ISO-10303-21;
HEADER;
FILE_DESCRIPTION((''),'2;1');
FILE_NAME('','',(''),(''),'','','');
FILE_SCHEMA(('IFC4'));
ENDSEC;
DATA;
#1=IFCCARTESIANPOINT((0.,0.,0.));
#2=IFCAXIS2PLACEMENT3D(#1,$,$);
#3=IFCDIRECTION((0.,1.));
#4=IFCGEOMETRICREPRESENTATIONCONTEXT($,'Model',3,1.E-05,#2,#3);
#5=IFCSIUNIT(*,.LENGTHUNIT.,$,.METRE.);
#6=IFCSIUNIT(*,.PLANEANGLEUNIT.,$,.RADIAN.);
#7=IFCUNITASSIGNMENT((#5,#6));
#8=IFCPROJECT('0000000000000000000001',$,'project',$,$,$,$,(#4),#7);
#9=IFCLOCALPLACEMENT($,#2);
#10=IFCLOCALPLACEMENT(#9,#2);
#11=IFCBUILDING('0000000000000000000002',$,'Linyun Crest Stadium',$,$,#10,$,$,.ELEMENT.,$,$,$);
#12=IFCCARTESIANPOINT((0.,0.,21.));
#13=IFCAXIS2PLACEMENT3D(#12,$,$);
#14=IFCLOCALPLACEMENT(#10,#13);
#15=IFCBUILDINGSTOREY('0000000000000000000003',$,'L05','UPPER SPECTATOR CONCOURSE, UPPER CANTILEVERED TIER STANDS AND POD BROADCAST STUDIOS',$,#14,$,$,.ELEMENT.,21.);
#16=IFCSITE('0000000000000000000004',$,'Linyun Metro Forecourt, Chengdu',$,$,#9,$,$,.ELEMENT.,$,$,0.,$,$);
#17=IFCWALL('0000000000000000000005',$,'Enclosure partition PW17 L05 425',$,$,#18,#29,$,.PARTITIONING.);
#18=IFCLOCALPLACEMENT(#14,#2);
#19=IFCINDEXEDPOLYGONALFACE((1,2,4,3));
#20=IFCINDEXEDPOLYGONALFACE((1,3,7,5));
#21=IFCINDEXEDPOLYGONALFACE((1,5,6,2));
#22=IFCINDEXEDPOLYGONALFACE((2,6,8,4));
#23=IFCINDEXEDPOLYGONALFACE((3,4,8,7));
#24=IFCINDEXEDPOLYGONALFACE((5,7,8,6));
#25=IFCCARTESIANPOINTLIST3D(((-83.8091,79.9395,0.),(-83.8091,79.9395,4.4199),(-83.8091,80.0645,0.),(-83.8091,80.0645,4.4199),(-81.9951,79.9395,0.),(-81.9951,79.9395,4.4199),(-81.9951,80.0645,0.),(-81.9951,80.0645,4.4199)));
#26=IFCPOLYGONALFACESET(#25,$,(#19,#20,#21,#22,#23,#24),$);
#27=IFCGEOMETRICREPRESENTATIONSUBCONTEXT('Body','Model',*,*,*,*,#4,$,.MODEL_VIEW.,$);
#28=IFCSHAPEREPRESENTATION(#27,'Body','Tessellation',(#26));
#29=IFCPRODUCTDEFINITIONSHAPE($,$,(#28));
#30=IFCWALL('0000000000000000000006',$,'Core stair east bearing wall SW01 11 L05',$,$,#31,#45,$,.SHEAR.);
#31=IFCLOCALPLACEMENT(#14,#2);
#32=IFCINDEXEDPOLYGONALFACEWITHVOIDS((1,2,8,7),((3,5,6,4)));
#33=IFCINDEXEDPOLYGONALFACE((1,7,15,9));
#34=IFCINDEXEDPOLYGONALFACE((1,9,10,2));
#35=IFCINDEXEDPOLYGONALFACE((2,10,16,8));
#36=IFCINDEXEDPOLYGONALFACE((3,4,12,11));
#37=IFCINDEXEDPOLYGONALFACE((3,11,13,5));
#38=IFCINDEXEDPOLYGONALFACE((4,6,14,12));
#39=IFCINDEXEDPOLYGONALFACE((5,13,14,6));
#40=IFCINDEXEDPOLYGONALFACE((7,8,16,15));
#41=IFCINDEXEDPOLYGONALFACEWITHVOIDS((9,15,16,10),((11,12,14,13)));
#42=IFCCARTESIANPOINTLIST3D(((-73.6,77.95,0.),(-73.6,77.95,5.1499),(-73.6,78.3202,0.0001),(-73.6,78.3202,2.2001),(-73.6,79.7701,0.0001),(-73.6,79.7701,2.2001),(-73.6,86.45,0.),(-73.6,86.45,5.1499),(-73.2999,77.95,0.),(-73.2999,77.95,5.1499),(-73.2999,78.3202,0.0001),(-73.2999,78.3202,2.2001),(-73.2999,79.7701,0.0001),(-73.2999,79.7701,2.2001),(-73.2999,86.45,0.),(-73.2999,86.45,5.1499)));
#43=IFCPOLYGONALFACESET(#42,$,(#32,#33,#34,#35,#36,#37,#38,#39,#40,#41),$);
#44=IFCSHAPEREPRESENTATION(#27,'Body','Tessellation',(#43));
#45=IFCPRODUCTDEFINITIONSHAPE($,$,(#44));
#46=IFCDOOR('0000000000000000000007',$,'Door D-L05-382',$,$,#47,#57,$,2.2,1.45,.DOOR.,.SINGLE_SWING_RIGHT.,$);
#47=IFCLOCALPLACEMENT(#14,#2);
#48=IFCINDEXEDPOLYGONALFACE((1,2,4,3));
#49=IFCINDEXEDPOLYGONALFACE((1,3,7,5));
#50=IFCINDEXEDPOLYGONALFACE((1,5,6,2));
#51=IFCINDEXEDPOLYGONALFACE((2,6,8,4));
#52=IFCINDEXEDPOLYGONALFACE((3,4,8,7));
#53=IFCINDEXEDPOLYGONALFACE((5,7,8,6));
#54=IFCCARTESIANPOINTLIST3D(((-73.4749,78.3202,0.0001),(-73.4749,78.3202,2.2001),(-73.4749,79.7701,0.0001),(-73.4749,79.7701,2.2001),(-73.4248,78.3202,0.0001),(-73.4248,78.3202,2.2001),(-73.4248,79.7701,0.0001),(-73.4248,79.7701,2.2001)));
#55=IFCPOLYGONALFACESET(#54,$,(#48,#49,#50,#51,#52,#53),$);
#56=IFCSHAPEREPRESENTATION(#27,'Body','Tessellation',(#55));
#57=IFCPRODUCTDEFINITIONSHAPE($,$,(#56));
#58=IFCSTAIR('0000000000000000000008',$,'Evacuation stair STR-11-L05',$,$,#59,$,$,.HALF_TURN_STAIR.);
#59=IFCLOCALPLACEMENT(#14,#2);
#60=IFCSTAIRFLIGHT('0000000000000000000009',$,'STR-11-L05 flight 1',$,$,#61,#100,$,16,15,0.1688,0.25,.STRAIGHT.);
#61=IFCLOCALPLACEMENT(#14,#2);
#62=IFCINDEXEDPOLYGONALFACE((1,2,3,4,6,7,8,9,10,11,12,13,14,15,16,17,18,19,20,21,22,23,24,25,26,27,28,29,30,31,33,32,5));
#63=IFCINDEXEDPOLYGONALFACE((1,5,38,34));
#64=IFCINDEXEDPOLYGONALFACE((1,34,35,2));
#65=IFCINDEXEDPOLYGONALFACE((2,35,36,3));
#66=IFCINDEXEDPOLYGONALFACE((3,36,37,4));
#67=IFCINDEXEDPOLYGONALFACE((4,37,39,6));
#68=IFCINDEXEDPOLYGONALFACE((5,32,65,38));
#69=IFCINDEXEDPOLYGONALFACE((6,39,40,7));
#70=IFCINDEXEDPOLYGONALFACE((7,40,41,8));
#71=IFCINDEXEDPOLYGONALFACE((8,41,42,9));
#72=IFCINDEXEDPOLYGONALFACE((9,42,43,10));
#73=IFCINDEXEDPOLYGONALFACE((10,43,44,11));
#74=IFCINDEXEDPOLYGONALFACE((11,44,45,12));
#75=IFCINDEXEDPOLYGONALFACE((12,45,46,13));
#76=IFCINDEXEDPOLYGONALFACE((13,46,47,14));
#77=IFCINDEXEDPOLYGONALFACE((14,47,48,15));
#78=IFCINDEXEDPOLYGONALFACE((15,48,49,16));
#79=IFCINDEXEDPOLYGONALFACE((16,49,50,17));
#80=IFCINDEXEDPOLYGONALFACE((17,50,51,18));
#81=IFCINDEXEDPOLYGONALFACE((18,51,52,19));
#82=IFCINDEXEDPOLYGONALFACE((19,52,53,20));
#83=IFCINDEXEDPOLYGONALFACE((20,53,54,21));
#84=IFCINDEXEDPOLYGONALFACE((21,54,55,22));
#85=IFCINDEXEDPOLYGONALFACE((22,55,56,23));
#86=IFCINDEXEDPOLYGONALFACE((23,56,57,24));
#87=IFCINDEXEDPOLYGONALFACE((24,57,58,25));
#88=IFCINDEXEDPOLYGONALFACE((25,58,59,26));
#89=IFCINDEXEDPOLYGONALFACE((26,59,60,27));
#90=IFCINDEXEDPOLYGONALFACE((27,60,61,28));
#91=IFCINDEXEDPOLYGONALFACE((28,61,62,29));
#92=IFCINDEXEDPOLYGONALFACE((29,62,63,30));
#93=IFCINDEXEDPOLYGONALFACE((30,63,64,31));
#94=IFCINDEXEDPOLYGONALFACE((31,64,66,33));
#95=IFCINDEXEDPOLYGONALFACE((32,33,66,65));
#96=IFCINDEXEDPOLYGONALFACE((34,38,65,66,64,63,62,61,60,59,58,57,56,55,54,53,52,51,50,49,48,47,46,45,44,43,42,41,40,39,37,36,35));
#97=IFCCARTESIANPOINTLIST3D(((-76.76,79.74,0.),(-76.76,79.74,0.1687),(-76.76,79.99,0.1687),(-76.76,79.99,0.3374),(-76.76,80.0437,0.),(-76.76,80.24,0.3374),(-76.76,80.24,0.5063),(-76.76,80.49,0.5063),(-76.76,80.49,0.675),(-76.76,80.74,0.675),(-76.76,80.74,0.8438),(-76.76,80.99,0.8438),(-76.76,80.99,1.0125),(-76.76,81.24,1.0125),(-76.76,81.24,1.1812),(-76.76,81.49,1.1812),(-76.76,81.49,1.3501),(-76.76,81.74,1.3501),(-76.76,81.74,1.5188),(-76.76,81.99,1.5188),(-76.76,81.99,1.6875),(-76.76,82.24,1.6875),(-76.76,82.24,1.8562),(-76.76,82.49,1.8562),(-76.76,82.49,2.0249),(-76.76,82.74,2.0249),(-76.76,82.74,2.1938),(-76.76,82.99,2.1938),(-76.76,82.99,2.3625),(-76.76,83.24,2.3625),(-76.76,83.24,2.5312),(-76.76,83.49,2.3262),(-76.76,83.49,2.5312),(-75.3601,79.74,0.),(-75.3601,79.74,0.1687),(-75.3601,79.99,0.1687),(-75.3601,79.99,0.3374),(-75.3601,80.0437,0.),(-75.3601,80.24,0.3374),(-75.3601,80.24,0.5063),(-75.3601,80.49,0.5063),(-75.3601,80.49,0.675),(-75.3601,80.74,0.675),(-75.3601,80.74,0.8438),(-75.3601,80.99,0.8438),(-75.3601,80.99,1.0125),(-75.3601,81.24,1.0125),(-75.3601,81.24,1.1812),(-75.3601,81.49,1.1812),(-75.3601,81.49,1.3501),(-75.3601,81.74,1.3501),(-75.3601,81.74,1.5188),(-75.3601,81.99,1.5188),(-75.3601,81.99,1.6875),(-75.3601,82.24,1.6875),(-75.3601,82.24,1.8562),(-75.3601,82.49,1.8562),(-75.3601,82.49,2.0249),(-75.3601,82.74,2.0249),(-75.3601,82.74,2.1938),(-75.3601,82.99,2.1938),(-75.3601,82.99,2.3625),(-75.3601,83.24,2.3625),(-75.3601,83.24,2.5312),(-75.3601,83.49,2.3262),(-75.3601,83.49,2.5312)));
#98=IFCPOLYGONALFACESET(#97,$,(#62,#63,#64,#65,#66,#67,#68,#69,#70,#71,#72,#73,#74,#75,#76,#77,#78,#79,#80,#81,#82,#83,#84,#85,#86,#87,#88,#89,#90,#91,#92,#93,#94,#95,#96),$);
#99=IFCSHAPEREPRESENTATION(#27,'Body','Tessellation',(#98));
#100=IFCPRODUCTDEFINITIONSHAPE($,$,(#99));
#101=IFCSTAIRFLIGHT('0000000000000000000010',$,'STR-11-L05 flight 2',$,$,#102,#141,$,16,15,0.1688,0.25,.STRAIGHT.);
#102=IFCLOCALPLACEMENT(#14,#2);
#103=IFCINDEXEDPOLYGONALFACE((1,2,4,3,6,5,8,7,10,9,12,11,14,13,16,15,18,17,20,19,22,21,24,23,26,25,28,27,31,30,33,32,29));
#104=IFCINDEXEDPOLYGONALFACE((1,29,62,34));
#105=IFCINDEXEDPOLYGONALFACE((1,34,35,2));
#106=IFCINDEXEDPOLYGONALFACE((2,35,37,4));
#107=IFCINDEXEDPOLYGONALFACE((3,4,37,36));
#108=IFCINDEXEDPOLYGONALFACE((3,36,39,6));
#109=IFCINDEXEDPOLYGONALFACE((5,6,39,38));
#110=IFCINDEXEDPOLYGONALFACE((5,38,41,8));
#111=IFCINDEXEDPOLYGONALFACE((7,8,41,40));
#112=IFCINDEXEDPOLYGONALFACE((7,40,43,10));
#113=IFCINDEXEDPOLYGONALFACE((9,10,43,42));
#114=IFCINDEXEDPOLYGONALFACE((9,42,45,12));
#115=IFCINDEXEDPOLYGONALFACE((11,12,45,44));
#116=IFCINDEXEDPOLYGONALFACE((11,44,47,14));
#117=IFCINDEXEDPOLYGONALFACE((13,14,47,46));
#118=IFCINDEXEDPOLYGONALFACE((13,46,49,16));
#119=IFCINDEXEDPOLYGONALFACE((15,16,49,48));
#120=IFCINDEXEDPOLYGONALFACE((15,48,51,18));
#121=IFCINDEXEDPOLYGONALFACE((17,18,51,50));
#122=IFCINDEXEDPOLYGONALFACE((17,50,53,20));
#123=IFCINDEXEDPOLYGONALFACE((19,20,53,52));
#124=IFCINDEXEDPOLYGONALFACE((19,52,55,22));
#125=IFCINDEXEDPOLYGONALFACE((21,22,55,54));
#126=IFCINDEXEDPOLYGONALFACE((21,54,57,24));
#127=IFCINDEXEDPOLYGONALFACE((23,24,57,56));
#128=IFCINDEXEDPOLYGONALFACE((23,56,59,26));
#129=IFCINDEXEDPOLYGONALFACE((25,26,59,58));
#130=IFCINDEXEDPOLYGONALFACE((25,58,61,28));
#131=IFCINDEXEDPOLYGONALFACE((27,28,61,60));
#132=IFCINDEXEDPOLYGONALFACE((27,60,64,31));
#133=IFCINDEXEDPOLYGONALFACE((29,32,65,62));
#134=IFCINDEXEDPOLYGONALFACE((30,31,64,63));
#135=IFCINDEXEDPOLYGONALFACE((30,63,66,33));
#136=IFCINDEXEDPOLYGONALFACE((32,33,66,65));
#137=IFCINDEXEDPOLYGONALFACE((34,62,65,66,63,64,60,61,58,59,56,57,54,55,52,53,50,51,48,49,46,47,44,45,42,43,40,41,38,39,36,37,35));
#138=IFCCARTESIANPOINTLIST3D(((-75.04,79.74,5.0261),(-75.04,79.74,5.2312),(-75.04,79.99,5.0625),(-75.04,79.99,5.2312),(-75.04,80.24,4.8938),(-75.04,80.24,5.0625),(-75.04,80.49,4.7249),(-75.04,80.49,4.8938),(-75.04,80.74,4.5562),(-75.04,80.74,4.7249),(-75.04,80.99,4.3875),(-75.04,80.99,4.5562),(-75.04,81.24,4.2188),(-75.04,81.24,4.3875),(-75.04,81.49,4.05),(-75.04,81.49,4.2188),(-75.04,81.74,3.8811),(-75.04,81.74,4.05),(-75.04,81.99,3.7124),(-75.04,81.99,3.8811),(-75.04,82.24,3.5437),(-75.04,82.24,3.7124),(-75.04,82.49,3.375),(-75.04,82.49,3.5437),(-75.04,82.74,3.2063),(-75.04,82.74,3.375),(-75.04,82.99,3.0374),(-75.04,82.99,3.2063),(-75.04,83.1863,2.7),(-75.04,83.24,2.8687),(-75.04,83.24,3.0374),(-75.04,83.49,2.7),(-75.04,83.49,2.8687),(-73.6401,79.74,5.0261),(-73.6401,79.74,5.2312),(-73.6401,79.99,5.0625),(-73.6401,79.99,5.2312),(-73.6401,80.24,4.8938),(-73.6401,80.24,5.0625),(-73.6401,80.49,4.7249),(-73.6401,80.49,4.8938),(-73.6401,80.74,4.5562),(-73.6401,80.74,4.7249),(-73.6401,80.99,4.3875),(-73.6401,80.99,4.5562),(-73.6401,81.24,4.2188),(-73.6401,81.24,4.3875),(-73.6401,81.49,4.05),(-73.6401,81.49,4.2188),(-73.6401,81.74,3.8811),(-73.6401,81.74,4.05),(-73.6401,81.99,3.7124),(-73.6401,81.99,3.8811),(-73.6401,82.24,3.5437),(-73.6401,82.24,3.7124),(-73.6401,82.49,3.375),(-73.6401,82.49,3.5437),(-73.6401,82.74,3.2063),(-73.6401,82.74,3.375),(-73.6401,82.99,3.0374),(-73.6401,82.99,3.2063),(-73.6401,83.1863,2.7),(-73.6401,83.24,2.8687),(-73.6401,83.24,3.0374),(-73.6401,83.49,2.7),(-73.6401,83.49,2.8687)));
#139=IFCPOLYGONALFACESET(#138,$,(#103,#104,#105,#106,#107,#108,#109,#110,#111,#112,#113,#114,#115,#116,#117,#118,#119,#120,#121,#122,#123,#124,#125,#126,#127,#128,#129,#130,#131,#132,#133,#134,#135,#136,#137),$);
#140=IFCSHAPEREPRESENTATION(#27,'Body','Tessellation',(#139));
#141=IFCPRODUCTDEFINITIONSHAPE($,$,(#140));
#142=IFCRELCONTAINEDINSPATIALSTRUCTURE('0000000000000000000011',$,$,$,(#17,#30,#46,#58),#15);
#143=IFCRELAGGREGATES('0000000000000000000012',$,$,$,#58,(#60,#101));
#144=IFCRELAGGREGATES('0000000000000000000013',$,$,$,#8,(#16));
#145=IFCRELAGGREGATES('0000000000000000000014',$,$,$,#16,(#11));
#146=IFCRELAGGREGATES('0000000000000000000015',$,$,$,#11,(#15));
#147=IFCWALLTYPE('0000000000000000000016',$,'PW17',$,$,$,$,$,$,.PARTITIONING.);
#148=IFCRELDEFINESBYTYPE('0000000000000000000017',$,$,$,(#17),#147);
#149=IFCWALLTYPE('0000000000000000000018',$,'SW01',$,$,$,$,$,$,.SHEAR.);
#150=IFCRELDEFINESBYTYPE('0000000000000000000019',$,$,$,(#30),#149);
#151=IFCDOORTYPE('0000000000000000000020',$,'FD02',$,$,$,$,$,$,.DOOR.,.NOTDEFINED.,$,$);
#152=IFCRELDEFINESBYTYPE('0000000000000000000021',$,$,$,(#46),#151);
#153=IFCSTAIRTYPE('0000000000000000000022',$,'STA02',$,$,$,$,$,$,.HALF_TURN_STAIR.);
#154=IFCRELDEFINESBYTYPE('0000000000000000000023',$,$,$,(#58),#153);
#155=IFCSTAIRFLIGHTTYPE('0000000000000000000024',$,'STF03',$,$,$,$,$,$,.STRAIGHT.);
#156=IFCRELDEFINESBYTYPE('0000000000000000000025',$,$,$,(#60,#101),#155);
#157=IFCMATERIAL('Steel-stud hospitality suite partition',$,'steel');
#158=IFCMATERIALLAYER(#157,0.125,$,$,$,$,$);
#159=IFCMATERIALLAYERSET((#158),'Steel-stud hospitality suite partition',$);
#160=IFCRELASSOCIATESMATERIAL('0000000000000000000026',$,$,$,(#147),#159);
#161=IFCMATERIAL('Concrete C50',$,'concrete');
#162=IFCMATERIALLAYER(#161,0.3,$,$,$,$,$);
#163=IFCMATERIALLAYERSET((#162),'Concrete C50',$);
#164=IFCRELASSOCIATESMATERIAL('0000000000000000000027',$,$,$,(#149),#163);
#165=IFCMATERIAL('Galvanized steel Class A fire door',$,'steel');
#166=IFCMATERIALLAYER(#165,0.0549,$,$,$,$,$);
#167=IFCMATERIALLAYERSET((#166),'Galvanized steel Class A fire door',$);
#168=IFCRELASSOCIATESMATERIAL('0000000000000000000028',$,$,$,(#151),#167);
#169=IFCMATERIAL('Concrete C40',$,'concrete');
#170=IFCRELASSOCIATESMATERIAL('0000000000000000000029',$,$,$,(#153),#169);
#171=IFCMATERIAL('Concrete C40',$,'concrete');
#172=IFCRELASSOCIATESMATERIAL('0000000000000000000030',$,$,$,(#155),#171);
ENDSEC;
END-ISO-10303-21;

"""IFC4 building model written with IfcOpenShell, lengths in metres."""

from ifc_helpers import new_model, si_unit, direction, frame, frame_2d, origin, place, context, subcontext, project, spatial, polyline, rectangle, outline, extrude, material, layer, layer_set, type_object, element, fill, aggregate, save


model = new_model("IFC4")

# Units and contexts
model_context = context("Model", 3, precision=1e-05, world=origin(), true_north=direction((0.0, 1.0)))
body_context = subcontext(model_context, "Body", "Model", "MODEL_VIEW")
ifc_project = project(units=[si_unit("LENGTHUNIT", "METRE"), si_unit("PLANEANGLEUNIT", "RADIAN")], contexts=[model_context])

# Site, building, storey
site_placement = place(None, origin())
site = spatial("IfcSite", under=ifc_project, at=site_placement, Name="Linyun Metro Forecourt, Chengdu", CompositionType="ELEMENT", RefElevation=0.0)
building_placement = place(site_placement, origin())
building = spatial("IfcBuilding", under=site, at=building_placement, Name="Linyun Crest Stadium", CompositionType="ELEMENT")
storey_placement = place(building_placement, frame((0.0, 0.0, 21.0)))
storey = spatial("IfcBuildingStorey", under=building, at=storey_placement, Name="L05", Description="UPPER SPECTATOR CONCOURSE, UPPER CANTILEVERED TIER STANDS AND POD BROADCAST STUDIOS", CompositionType="ELEMENT", Elevation=21.0)

# Shared definitions
ifc_material_1 = material(Name="Steel-stud hospitality suite partition", Category="steel")
ifc_layer_1 = layer(ifc_material_1, 0.125)
ifc_layer_set_1 = layer_set([ifc_layer_1], Name="Steel-stud hospitality suite partition")
wall_type_1 = type_object("IfcWallType", Name="PW17", PredefinedType="PARTITIONING", material=ifc_layer_set_1)

# Wall
wall_1_placement = place(storey_placement, frame((-83.8091, 80.002, 0.0), z_axis=(0.0, 0.0, 1.0), x_axis=(1.0, 0.0, 0.0)))
element("IfcWall", 1, at=wall_1_placement, inside=storey, type_object=wall_type_1, Name="Enclosure partition PW17 L05 425", PredefinedType="PARTITIONING", context=body_context, shape_type="SweptSolid", body=[
    extrude(rectangle(XDim=1.814, YDim=0.125, at=frame_2d((0.907, 0.0))), origin(), (0.0, 0.0, 1.0), 4.4199),
])

# Wall, opening, door
ifc_material_2 = material(Name="Concrete C50", Category="concrete")
ifc_layer_2 = layer(ifc_material_2, 0.3)
ifc_layer_set_2 = layer_set([ifc_layer_2], Name="Concrete C50")
wall_type_2 = type_object("IfcWallType", Name="SW01", PredefinedType="SHEAR", material=ifc_layer_set_2)
wall_2_placement = place(storey_placement, frame((-73.45, 77.95, 0.0), z_axis=(0.0, 0.0, 1.0), x_axis=(0.0, 1.0, 0.0)))
wall_2 = element("IfcWall", 2, at=wall_2_placement, inside=storey, type_object=wall_type_2, Name="Core stair east bearing wall SW01 11 L05", PredefinedType="SHEAR", context=body_context, shape_type="SweptSolid", body=[
    extrude(rectangle(XDim=8.5, YDim=0.3, at=frame_2d((4.25, 0.0))), origin(), (0.0, 0.0, 1.0), 5.1499),
])
opening_1_placement = place(wall_2_placement, frame((0.3701, 0.0, 0.0)))
opening_1 = element("IfcOpeningElement", 3, at=opening_1_placement, cuts=wall_2, PredefinedType="OPENING", context=body_context, shape_type="SweptSolid", body=[
    extrude(rectangle(XDim=1.45, YDim=2.2, at=frame_2d((0.7251, 1.1001))), frame((0.0, 0.1599, 0.0), z_axis=(0.0, -1.0, 0.0), x_axis=(1.0, 0.0, 0.0)), (0.0, 0.0, 1.0), 0.3201),
])
ifc_material_3 = material(Name="Galvanized steel Class A fire door", Category="steel")
ifc_layer_3 = layer(ifc_material_3, 0.0549)
ifc_layer_set_3 = layer_set([ifc_layer_3], Name="Galvanized steel Class A fire door")
door_type_1 = type_object("IfcDoorType", Name="FD02", OperationType="NOTDEFINED", PredefinedType="DOOR", material=ifc_layer_set_3)
door_1_placement = place(opening_1_placement, origin())
door_1 = element("IfcDoor", 4, at=door_1_placement, inside=storey, type_object=door_type_1, Name="Door D-L05-382", OperationType="SINGLE_SWING_RIGHT", OverallHeight=2.2, OverallWidth=1.45, PredefinedType="DOOR", context=body_context, shape_type="SweptSolid", body=[
    extrude(rectangle(XDim=1.45, YDim=2.2, at=frame_2d((0.7251, 1.1001))), frame((0.0, 0.0249, 0.0), z_axis=(0.0, -1.0, 0.0), x_axis=(1.0, 0.0, 0.0)), (0.0, 0.0, 1.0), 0.05),
])
fill(opening_1, door_1)

# Stair, stair flights
ifc_material_4 = material(Name="Concrete C40", Category="concrete")
stair_type = type_object("IfcStairType", Name="STA02", PredefinedType="HALF_TURN_STAIR", material=ifc_material_4)
stair_placement = place(storey_placement, origin())
stair = element("IfcStair", 5, at=stair_placement, inside=storey, type_object=stair_type, Name="Evacuation stair STR-11-L05", PredefinedType="HALF_TURN_STAIR")
ifc_material_5 = material(Name="Concrete C40", Category="concrete")
stair_flight_type = type_object("IfcStairFlightType", Name="STF03", PredefinedType="STRAIGHT", material=ifc_material_5)
stair_flight_1_placement = place(storey_placement, frame((-76.0601, 79.74, 0.0), z_axis=(0.0, 0.0, 1.0), x_axis=(0.0, 1.0, 0.0)))
stair_flight_1 = element("IfcStairFlight", 6, at=stair_flight_1_placement, type_object=stair_flight_type, Name="STR-11-L05 flight 1", NumberOfRisers=16, NumberOfTreads=15, PredefinedType="STRAIGHT", RiserHeight=0.1688, TreadLength=0.25, context=body_context, shape_type="SweptSolid", body=[
    extrude(outline(polyline([(0.0, 0.0), (0.0, 0.1687), (0.25, 0.1687), (0.25, 0.3374), (0.5, 0.3374), (0.5, 0.5063), (0.75, 0.5063), (0.75, 0.675), (1.0, 0.675), (1.0, 0.8438), (1.25, 0.8438), (1.25, 1.0125), (1.5, 1.0125), (1.5, 1.1812), (1.75, 1.1812), (1.75, 1.3501), (2.0, 1.3501), (2.0, 1.5188), (2.25, 1.5188), (2.25, 1.6875), (2.5, 1.6875), (2.5, 1.8562), (2.75, 1.8562), (2.75, 2.0249), (3.0, 2.0249), (3.0, 2.1938), (3.25, 2.1938), (3.25, 2.3625), (3.5, 2.3625), (3.5, 2.5312), (3.75, 2.5312), (3.75, 2.7), (3.75, 2.3262), (0.3037, 0.0), (0.0, 0.0)])), frame((0.0, 0.7, 0.0), z_axis=(0.0, -1.0, 0.0), x_axis=(1.0, 0.0, 0.0)), (0.0, 0.0, 1.0), 1.3999),
])
stair_flight_2_placement = place(storey_placement, frame((-74.3401, 83.49, 2.7), z_axis=(0.0, 0.0, 1.0), x_axis=(0.0, -1.0, 0.0)))
stair_flight_2 = element("IfcStairFlight", 7, at=stair_flight_2_placement, type_object=stair_flight_type, Name="STR-11-L05 flight 2", NumberOfRisers=16, NumberOfTreads=15, PredefinedType="STRAIGHT", RiserHeight=0.1688, TreadLength=0.25, context=body_context, shape_type="SweptSolid", body=[
    extrude(outline(polyline([(0.0, 0.0), (0.0, 0.1687), (0.25, 0.1687), (0.25, 0.3374), (0.5, 0.3374), (0.5, 0.5063), (0.75, 0.5063), (0.75, 0.675), (1.0, 0.675), (1.0, 0.8438), (1.25, 0.8438), (1.25, 1.0125), (1.5, 1.0125), (1.5, 1.1812), (1.75, 1.1812), (1.75, 1.3501), (2.0, 1.3501), (2.0, 1.5188), (2.25, 1.5188), (2.25, 1.6875), (2.5, 1.6875), (2.5, 1.8562), (2.75, 1.8562), (2.75, 2.0249), (3.0, 2.0249), (3.0, 2.1938), (3.25, 2.1938), (3.25, 2.3625), (3.5, 2.3625), (3.5, 2.5312), (3.75, 2.5312), (3.75, 2.7), (3.75, 2.3262), (0.3037, 0.0), (0.0, 0.0)])), frame((0.0, 0.7, 0.0), z_axis=(0.0, -1.0, 0.0), x_axis=(1.0, 0.0, 0.0)), (0.0, 0.0, 1.0), 1.3999),
])
aggregate(stair, [stair_flight_1, stair_flight_2])

save(model, "model.ifc")
